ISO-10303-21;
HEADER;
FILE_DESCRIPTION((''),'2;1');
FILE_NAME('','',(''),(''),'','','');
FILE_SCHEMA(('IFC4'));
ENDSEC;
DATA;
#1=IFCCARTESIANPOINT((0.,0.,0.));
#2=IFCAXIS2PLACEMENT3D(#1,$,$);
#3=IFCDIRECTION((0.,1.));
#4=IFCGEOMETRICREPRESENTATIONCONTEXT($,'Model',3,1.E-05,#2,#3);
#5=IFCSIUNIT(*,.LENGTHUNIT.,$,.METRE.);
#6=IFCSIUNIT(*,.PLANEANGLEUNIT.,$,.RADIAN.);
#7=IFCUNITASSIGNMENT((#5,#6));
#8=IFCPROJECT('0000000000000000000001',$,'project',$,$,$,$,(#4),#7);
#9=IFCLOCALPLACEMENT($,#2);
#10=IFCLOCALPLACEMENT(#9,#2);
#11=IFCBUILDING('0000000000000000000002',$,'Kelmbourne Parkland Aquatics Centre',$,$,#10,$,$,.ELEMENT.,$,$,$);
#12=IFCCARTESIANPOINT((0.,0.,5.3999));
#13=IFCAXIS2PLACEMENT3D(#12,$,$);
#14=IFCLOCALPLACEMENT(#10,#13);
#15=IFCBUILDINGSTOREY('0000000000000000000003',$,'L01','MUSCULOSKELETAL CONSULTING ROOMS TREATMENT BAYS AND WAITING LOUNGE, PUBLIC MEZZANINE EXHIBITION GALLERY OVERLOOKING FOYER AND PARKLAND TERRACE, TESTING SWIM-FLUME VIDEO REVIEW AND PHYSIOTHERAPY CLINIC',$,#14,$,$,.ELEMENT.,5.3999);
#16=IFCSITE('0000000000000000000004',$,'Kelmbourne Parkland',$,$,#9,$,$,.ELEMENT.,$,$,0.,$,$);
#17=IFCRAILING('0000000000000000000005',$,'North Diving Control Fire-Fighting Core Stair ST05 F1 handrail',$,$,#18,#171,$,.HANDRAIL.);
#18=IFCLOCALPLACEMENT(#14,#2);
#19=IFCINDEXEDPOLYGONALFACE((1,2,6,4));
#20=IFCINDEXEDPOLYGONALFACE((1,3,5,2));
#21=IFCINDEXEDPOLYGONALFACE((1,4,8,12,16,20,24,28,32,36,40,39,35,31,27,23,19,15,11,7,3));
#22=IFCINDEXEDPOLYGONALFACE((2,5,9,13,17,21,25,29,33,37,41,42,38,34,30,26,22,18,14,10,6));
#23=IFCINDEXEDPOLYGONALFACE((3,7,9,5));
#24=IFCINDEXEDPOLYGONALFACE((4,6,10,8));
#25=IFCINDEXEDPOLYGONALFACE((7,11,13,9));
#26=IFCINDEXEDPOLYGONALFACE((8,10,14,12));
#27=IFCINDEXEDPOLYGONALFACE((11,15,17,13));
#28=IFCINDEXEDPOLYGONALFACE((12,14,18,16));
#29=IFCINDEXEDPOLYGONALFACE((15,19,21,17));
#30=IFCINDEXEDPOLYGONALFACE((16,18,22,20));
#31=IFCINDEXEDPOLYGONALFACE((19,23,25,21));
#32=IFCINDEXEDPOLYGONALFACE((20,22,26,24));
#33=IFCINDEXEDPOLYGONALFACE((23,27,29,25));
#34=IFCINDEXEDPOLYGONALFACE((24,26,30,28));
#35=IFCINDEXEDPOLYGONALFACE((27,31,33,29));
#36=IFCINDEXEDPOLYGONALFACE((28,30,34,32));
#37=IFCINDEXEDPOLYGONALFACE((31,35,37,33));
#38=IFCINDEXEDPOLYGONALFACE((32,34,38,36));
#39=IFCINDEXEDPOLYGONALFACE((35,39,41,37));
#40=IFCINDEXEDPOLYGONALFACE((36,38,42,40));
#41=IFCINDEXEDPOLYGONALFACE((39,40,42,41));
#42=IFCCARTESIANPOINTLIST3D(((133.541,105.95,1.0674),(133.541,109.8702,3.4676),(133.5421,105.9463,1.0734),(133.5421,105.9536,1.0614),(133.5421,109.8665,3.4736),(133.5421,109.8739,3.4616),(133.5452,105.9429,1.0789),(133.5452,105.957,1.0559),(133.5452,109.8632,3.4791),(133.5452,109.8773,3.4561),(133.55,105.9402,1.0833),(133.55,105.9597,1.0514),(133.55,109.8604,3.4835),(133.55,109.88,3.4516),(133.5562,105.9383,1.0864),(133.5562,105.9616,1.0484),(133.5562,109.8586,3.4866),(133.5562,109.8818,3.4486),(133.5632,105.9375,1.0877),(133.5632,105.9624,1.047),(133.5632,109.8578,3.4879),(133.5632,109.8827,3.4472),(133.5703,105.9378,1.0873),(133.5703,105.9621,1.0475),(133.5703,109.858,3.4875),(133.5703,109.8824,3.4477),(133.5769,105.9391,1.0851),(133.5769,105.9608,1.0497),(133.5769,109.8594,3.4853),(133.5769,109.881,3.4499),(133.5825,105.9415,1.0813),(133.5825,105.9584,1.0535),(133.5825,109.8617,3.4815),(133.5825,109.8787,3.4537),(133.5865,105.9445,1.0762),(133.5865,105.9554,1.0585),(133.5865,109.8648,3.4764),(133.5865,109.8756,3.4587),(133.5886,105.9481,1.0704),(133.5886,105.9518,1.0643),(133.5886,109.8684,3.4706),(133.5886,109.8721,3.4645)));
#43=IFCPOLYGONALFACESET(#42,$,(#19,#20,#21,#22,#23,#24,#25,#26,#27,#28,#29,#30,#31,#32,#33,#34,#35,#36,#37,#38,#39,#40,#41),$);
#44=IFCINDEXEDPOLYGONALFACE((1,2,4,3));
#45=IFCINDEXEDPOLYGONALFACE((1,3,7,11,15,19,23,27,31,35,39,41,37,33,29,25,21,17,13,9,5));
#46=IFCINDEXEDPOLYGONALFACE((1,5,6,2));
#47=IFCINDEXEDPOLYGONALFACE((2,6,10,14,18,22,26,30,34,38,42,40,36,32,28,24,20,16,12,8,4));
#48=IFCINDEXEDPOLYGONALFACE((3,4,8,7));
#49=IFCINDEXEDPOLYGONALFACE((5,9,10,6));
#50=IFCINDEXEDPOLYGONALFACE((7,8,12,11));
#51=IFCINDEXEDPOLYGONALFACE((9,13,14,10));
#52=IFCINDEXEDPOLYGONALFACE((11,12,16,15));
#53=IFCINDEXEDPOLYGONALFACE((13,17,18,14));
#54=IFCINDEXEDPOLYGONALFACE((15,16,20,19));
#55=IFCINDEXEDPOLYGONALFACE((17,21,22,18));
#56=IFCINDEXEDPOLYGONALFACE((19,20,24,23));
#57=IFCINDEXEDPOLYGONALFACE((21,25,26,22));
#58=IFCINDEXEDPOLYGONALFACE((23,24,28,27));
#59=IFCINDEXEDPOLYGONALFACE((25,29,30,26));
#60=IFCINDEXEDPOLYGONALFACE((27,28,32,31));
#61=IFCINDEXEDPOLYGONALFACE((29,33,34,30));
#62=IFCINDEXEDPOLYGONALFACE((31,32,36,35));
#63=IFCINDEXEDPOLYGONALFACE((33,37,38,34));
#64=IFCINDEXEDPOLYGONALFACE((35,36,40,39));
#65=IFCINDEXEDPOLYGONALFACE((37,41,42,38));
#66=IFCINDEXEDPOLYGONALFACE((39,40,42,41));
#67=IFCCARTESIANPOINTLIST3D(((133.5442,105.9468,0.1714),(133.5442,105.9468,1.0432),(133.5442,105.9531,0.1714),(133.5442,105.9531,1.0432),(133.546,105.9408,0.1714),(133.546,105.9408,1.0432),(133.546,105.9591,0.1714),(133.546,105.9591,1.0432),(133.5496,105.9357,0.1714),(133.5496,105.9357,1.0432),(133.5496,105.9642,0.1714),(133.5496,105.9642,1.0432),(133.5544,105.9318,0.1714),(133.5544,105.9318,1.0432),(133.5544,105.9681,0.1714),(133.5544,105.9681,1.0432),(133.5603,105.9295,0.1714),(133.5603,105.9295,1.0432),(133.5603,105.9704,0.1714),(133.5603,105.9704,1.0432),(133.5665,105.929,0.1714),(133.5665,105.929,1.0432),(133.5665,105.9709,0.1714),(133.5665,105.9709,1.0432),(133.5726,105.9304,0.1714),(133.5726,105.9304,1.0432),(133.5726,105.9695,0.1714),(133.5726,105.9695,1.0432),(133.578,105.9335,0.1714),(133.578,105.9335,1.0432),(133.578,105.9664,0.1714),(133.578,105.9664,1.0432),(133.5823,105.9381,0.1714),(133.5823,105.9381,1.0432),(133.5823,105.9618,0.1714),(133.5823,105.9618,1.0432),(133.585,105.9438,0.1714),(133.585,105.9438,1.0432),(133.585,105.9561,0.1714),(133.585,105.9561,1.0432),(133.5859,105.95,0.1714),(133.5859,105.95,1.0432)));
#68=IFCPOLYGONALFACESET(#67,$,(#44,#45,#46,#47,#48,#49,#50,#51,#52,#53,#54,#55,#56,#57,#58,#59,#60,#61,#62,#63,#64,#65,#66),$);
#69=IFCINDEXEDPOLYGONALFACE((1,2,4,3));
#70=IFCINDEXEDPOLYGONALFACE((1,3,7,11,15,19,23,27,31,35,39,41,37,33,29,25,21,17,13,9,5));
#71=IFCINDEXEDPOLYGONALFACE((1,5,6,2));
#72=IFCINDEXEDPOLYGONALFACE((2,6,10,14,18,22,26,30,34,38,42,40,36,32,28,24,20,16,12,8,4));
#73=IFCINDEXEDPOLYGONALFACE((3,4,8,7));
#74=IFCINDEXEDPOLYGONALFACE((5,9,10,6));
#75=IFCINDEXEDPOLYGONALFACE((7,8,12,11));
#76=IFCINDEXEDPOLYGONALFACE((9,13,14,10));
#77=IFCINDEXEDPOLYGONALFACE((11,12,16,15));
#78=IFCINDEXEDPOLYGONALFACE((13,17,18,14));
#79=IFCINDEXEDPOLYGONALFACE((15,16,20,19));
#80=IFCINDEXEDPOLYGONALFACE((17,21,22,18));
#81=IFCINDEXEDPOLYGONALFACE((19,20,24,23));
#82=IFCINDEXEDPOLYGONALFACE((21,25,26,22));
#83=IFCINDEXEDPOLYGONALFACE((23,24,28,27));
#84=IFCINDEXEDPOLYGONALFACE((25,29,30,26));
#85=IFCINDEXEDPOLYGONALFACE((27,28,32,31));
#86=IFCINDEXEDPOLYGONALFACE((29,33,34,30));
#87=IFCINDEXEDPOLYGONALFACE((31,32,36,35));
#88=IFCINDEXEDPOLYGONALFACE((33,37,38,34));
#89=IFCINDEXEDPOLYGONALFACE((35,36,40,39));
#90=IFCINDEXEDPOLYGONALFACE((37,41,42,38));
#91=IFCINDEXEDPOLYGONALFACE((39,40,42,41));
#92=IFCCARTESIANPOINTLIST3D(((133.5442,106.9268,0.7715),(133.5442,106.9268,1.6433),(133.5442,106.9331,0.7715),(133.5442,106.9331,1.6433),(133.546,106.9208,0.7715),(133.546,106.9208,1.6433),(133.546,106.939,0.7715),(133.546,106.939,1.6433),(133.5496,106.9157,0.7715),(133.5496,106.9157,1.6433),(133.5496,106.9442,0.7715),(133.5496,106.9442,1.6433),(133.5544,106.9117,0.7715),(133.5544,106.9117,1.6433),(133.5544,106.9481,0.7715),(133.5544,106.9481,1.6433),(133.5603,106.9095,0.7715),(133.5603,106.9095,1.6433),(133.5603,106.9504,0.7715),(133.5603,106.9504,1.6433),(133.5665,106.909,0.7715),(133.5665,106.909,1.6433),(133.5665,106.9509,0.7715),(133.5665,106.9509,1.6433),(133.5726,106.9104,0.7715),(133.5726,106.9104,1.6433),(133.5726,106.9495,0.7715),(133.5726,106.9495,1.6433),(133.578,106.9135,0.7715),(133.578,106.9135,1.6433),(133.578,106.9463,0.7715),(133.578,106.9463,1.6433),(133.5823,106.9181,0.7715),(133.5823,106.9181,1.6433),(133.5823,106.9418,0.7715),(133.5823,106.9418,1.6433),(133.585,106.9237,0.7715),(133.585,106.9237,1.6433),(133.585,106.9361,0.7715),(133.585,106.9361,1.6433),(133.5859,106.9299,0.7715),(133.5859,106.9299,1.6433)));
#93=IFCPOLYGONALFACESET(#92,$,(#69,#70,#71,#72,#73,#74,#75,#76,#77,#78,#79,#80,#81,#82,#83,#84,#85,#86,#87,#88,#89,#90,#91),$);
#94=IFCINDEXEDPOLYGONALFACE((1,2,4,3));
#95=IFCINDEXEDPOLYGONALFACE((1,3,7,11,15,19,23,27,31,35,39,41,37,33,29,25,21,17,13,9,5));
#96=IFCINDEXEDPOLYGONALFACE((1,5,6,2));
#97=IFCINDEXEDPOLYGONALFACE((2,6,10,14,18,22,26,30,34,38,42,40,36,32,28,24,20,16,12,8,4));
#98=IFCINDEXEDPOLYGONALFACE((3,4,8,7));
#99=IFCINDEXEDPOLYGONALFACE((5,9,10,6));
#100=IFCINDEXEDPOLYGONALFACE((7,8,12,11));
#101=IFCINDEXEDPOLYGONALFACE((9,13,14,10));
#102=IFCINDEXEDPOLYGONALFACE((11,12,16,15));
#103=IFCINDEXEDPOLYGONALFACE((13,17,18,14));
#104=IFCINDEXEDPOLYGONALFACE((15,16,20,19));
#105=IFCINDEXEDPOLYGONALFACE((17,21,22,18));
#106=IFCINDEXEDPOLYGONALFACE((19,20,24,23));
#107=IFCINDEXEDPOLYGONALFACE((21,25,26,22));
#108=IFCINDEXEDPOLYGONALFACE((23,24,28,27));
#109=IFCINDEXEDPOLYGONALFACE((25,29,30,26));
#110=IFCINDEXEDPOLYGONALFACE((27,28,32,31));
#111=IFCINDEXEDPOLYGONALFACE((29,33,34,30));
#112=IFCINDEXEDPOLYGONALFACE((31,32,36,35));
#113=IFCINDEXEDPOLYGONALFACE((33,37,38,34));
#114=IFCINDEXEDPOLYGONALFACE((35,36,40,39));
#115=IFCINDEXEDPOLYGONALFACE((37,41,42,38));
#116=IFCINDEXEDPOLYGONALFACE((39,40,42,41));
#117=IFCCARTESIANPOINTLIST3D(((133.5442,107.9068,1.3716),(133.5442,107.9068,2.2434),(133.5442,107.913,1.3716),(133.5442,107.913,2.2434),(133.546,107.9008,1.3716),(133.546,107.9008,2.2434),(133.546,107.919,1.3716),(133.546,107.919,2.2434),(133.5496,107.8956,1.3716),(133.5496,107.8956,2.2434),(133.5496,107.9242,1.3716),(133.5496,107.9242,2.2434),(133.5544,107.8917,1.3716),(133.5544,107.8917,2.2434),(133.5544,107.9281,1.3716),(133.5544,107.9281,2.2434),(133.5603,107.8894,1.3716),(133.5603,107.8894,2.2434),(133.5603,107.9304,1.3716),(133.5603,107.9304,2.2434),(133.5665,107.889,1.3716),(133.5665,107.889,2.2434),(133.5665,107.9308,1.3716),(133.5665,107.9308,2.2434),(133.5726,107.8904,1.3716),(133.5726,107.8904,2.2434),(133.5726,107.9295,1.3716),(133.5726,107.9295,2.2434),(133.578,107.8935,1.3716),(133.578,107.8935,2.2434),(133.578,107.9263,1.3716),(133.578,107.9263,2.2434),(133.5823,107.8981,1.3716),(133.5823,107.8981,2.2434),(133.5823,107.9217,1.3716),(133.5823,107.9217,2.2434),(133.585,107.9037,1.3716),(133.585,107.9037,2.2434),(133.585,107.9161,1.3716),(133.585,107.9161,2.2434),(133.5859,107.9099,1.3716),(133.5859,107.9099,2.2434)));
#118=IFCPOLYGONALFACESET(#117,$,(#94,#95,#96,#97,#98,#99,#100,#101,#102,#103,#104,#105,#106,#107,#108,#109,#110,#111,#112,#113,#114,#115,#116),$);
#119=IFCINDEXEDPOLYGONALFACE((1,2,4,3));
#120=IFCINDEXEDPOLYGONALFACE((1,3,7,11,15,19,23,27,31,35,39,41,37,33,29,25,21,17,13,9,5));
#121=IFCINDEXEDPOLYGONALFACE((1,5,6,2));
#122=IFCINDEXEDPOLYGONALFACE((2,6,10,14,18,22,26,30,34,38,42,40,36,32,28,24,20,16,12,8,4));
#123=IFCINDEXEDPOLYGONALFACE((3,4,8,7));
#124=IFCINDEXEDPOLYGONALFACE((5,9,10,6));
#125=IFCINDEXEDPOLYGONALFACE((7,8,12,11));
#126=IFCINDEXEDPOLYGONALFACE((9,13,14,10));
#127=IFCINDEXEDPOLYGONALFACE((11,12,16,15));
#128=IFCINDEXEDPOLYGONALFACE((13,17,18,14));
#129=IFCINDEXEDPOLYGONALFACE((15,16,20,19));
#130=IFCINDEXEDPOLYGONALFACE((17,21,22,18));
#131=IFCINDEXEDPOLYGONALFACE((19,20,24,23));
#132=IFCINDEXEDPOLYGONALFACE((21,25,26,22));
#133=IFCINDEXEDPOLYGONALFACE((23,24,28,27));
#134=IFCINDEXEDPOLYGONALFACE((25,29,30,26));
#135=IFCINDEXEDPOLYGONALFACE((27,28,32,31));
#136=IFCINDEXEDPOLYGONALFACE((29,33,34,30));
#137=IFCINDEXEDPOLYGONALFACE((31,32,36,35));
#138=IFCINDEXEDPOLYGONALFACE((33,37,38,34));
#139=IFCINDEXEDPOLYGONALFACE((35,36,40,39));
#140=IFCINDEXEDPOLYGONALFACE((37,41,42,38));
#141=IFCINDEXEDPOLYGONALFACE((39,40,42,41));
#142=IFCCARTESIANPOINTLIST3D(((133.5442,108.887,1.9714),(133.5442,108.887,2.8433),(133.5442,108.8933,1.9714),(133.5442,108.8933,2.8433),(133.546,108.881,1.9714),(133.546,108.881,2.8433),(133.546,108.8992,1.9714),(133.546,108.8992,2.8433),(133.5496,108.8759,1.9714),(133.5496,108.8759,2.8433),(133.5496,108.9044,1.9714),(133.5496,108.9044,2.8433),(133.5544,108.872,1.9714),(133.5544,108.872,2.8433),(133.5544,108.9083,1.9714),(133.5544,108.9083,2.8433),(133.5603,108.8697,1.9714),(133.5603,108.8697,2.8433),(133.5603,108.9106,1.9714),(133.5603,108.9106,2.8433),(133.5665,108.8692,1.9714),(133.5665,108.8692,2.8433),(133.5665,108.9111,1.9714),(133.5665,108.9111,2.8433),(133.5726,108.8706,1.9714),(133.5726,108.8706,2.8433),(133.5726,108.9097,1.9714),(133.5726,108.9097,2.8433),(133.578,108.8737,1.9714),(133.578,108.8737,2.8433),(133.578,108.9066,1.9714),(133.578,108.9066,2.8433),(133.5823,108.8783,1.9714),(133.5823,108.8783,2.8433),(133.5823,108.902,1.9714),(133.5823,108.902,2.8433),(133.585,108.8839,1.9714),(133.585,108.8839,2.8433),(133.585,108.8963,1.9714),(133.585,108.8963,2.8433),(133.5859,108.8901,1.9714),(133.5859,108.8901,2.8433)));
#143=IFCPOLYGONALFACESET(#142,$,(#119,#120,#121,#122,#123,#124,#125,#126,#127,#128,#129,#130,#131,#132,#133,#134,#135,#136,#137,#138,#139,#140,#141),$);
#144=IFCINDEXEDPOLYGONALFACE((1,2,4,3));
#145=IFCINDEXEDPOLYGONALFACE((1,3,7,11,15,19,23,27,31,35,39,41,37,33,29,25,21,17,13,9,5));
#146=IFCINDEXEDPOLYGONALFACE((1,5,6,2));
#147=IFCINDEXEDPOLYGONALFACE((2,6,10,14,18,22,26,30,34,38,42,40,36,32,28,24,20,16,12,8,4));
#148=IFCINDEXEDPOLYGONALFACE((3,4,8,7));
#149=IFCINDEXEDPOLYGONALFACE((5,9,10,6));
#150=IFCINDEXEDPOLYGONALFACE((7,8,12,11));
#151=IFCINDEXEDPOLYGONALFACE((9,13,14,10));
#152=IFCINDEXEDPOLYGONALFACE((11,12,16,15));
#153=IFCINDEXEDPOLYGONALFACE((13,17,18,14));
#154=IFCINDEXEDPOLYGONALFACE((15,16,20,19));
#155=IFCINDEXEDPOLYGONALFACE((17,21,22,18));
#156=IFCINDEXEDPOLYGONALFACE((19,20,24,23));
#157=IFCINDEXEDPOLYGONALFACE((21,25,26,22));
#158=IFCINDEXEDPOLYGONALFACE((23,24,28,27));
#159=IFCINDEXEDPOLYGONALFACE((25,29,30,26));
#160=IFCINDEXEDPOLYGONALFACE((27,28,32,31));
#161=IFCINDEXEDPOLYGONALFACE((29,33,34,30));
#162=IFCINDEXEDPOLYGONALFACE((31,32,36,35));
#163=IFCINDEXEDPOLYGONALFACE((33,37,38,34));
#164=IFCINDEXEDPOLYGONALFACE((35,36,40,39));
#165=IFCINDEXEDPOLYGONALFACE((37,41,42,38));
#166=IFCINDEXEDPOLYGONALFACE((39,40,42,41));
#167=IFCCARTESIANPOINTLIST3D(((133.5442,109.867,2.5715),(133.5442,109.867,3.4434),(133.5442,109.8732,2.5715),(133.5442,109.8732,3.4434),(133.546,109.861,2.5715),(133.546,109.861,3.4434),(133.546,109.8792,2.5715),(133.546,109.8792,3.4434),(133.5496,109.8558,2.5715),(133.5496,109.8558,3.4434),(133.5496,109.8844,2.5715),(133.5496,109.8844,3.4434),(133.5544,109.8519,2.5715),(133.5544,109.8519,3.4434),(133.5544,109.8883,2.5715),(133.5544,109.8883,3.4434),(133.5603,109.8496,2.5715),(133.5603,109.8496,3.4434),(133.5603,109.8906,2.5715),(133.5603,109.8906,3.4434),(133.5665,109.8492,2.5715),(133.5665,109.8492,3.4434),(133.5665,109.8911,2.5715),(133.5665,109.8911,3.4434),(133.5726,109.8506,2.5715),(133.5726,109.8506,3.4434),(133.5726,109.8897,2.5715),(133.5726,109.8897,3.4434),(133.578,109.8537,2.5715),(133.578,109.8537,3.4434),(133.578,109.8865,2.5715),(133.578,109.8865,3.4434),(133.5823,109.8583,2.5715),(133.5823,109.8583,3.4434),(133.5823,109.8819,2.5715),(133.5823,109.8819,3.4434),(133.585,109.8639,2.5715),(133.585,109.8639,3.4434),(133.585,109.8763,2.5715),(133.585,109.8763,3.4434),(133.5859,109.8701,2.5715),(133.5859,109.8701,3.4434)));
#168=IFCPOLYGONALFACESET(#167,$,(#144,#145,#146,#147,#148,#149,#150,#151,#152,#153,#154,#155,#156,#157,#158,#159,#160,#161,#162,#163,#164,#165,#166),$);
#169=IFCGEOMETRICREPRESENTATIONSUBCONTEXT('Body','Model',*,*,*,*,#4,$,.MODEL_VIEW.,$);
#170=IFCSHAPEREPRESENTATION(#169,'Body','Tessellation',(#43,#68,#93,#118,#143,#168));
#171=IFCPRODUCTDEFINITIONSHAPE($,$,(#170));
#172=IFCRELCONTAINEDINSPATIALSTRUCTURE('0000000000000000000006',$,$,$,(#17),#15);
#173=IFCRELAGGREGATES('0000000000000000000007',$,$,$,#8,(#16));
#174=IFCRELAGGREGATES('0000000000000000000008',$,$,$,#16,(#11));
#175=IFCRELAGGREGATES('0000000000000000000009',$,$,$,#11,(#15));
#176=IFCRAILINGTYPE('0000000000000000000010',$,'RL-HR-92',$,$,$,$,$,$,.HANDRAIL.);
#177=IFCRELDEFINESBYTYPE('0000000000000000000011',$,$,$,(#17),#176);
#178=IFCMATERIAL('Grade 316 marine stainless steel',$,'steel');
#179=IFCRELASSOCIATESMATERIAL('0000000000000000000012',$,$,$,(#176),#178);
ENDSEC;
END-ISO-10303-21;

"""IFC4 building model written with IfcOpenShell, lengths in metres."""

from ifc_helpers import new_model, si_unit, direction, frame, origin, origin_2d, place, context, subcontext, project, spatial, circle, extrude, material, type_object, element, save


model = new_model("IFC4")

# Units and contexts
model_context = context("Model", 3, precision=1e-05, world=origin(), true_north=direction((0.0, 1.0)))
body_context = subcontext(model_context, "Body", "Model", "MODEL_VIEW")
ifc_project = project(units=[si_unit("LENGTHUNIT", "METRE"), si_unit("PLANEANGLEUNIT", "RADIAN")], contexts=[model_context])

# Site, building, storey
site_placement = place(None, origin())
site = spatial("IfcSite", under=ifc_project, at=site_placement, Name="Kelmbourne Parkland", CompositionType="ELEMENT", RefElevation=0.0)
building_placement = place(site_placement, origin())
building = spatial("IfcBuilding", under=site, at=building_placement, Name="Kelmbourne Parkland Aquatics Centre", CompositionType="ELEMENT")
storey_placement = place(building_placement, frame((0.0, 0.0, 5.3999)))
storey = spatial("IfcBuildingStorey", under=building, at=storey_placement, Name="L01", Description="MUSCULOSKELETAL CONSULTING ROOMS TREATMENT BAYS AND WAITING LOUNGE, PUBLIC MEZZANINE EXHIBITION GALLERY OVERLOOKING FOYER AND PARKLAND TERRACE, TESTING SWIM-FLUME VIDEO REVIEW AND PHYSIOTHERAPY CLINIC", CompositionType="ELEMENT", Elevation=5.3999)

# Railing
ifc_material_1 = material(Name="Grade 316 marine stainless steel", Category="steel")
railing_type_1 = type_object("IfcRailingType", Name="RL-HR-92", PredefinedType="HANDRAIL", material=ifc_material_1)
railing_1_placement = place(storey_placement, frame((133.5649, 105.95, 0.1714)))
element("IfcRailing", 1, at=railing_1_placement, inside=storey, type_object=railing_type_1, Name="North Diving Control Fire-Fighting Core Stair ST05 F1 handrail", PredefinedType="HANDRAIL", context=body_context, shape_type="SweptSolid", body=[
    extrude(circle(Radius=0.0239, at=origin_2d()), frame((0.0, 0.0, 0.896), z_axis=(0.0, 0.852847, 0.522161), x_axis=(-1.0, 0.0, 0.0)), (0.0, 0.0, 1.0), 4.5967),
    extrude(circle(Radius=0.021, at=origin_2d()), origin(), (0.0, 0.0, 1.0), 0.8718),
    extrude(circle(Radius=0.021, at=origin_2d()), frame((0.0, 0.98, 0.6001)), (0.0, 0.0, 1.0), 0.8718),
    extrude(circle(Radius=0.021, at=origin_2d()), frame((0.0, 1.96, 1.2002)), (0.0, 0.0, 1.0), 0.8718),
    extrude(circle(Radius=0.021, at=origin_2d()), frame((0.0, 2.9402, 1.8)), (0.0, 0.0, 1.0), 0.8718),
    extrude(circle(Radius=0.021, at=origin_2d()), frame((0.0, 3.9202, 2.4001)), (0.0, 0.0, 1.0), 0.8718),
])

save(model, "model.ifc")
